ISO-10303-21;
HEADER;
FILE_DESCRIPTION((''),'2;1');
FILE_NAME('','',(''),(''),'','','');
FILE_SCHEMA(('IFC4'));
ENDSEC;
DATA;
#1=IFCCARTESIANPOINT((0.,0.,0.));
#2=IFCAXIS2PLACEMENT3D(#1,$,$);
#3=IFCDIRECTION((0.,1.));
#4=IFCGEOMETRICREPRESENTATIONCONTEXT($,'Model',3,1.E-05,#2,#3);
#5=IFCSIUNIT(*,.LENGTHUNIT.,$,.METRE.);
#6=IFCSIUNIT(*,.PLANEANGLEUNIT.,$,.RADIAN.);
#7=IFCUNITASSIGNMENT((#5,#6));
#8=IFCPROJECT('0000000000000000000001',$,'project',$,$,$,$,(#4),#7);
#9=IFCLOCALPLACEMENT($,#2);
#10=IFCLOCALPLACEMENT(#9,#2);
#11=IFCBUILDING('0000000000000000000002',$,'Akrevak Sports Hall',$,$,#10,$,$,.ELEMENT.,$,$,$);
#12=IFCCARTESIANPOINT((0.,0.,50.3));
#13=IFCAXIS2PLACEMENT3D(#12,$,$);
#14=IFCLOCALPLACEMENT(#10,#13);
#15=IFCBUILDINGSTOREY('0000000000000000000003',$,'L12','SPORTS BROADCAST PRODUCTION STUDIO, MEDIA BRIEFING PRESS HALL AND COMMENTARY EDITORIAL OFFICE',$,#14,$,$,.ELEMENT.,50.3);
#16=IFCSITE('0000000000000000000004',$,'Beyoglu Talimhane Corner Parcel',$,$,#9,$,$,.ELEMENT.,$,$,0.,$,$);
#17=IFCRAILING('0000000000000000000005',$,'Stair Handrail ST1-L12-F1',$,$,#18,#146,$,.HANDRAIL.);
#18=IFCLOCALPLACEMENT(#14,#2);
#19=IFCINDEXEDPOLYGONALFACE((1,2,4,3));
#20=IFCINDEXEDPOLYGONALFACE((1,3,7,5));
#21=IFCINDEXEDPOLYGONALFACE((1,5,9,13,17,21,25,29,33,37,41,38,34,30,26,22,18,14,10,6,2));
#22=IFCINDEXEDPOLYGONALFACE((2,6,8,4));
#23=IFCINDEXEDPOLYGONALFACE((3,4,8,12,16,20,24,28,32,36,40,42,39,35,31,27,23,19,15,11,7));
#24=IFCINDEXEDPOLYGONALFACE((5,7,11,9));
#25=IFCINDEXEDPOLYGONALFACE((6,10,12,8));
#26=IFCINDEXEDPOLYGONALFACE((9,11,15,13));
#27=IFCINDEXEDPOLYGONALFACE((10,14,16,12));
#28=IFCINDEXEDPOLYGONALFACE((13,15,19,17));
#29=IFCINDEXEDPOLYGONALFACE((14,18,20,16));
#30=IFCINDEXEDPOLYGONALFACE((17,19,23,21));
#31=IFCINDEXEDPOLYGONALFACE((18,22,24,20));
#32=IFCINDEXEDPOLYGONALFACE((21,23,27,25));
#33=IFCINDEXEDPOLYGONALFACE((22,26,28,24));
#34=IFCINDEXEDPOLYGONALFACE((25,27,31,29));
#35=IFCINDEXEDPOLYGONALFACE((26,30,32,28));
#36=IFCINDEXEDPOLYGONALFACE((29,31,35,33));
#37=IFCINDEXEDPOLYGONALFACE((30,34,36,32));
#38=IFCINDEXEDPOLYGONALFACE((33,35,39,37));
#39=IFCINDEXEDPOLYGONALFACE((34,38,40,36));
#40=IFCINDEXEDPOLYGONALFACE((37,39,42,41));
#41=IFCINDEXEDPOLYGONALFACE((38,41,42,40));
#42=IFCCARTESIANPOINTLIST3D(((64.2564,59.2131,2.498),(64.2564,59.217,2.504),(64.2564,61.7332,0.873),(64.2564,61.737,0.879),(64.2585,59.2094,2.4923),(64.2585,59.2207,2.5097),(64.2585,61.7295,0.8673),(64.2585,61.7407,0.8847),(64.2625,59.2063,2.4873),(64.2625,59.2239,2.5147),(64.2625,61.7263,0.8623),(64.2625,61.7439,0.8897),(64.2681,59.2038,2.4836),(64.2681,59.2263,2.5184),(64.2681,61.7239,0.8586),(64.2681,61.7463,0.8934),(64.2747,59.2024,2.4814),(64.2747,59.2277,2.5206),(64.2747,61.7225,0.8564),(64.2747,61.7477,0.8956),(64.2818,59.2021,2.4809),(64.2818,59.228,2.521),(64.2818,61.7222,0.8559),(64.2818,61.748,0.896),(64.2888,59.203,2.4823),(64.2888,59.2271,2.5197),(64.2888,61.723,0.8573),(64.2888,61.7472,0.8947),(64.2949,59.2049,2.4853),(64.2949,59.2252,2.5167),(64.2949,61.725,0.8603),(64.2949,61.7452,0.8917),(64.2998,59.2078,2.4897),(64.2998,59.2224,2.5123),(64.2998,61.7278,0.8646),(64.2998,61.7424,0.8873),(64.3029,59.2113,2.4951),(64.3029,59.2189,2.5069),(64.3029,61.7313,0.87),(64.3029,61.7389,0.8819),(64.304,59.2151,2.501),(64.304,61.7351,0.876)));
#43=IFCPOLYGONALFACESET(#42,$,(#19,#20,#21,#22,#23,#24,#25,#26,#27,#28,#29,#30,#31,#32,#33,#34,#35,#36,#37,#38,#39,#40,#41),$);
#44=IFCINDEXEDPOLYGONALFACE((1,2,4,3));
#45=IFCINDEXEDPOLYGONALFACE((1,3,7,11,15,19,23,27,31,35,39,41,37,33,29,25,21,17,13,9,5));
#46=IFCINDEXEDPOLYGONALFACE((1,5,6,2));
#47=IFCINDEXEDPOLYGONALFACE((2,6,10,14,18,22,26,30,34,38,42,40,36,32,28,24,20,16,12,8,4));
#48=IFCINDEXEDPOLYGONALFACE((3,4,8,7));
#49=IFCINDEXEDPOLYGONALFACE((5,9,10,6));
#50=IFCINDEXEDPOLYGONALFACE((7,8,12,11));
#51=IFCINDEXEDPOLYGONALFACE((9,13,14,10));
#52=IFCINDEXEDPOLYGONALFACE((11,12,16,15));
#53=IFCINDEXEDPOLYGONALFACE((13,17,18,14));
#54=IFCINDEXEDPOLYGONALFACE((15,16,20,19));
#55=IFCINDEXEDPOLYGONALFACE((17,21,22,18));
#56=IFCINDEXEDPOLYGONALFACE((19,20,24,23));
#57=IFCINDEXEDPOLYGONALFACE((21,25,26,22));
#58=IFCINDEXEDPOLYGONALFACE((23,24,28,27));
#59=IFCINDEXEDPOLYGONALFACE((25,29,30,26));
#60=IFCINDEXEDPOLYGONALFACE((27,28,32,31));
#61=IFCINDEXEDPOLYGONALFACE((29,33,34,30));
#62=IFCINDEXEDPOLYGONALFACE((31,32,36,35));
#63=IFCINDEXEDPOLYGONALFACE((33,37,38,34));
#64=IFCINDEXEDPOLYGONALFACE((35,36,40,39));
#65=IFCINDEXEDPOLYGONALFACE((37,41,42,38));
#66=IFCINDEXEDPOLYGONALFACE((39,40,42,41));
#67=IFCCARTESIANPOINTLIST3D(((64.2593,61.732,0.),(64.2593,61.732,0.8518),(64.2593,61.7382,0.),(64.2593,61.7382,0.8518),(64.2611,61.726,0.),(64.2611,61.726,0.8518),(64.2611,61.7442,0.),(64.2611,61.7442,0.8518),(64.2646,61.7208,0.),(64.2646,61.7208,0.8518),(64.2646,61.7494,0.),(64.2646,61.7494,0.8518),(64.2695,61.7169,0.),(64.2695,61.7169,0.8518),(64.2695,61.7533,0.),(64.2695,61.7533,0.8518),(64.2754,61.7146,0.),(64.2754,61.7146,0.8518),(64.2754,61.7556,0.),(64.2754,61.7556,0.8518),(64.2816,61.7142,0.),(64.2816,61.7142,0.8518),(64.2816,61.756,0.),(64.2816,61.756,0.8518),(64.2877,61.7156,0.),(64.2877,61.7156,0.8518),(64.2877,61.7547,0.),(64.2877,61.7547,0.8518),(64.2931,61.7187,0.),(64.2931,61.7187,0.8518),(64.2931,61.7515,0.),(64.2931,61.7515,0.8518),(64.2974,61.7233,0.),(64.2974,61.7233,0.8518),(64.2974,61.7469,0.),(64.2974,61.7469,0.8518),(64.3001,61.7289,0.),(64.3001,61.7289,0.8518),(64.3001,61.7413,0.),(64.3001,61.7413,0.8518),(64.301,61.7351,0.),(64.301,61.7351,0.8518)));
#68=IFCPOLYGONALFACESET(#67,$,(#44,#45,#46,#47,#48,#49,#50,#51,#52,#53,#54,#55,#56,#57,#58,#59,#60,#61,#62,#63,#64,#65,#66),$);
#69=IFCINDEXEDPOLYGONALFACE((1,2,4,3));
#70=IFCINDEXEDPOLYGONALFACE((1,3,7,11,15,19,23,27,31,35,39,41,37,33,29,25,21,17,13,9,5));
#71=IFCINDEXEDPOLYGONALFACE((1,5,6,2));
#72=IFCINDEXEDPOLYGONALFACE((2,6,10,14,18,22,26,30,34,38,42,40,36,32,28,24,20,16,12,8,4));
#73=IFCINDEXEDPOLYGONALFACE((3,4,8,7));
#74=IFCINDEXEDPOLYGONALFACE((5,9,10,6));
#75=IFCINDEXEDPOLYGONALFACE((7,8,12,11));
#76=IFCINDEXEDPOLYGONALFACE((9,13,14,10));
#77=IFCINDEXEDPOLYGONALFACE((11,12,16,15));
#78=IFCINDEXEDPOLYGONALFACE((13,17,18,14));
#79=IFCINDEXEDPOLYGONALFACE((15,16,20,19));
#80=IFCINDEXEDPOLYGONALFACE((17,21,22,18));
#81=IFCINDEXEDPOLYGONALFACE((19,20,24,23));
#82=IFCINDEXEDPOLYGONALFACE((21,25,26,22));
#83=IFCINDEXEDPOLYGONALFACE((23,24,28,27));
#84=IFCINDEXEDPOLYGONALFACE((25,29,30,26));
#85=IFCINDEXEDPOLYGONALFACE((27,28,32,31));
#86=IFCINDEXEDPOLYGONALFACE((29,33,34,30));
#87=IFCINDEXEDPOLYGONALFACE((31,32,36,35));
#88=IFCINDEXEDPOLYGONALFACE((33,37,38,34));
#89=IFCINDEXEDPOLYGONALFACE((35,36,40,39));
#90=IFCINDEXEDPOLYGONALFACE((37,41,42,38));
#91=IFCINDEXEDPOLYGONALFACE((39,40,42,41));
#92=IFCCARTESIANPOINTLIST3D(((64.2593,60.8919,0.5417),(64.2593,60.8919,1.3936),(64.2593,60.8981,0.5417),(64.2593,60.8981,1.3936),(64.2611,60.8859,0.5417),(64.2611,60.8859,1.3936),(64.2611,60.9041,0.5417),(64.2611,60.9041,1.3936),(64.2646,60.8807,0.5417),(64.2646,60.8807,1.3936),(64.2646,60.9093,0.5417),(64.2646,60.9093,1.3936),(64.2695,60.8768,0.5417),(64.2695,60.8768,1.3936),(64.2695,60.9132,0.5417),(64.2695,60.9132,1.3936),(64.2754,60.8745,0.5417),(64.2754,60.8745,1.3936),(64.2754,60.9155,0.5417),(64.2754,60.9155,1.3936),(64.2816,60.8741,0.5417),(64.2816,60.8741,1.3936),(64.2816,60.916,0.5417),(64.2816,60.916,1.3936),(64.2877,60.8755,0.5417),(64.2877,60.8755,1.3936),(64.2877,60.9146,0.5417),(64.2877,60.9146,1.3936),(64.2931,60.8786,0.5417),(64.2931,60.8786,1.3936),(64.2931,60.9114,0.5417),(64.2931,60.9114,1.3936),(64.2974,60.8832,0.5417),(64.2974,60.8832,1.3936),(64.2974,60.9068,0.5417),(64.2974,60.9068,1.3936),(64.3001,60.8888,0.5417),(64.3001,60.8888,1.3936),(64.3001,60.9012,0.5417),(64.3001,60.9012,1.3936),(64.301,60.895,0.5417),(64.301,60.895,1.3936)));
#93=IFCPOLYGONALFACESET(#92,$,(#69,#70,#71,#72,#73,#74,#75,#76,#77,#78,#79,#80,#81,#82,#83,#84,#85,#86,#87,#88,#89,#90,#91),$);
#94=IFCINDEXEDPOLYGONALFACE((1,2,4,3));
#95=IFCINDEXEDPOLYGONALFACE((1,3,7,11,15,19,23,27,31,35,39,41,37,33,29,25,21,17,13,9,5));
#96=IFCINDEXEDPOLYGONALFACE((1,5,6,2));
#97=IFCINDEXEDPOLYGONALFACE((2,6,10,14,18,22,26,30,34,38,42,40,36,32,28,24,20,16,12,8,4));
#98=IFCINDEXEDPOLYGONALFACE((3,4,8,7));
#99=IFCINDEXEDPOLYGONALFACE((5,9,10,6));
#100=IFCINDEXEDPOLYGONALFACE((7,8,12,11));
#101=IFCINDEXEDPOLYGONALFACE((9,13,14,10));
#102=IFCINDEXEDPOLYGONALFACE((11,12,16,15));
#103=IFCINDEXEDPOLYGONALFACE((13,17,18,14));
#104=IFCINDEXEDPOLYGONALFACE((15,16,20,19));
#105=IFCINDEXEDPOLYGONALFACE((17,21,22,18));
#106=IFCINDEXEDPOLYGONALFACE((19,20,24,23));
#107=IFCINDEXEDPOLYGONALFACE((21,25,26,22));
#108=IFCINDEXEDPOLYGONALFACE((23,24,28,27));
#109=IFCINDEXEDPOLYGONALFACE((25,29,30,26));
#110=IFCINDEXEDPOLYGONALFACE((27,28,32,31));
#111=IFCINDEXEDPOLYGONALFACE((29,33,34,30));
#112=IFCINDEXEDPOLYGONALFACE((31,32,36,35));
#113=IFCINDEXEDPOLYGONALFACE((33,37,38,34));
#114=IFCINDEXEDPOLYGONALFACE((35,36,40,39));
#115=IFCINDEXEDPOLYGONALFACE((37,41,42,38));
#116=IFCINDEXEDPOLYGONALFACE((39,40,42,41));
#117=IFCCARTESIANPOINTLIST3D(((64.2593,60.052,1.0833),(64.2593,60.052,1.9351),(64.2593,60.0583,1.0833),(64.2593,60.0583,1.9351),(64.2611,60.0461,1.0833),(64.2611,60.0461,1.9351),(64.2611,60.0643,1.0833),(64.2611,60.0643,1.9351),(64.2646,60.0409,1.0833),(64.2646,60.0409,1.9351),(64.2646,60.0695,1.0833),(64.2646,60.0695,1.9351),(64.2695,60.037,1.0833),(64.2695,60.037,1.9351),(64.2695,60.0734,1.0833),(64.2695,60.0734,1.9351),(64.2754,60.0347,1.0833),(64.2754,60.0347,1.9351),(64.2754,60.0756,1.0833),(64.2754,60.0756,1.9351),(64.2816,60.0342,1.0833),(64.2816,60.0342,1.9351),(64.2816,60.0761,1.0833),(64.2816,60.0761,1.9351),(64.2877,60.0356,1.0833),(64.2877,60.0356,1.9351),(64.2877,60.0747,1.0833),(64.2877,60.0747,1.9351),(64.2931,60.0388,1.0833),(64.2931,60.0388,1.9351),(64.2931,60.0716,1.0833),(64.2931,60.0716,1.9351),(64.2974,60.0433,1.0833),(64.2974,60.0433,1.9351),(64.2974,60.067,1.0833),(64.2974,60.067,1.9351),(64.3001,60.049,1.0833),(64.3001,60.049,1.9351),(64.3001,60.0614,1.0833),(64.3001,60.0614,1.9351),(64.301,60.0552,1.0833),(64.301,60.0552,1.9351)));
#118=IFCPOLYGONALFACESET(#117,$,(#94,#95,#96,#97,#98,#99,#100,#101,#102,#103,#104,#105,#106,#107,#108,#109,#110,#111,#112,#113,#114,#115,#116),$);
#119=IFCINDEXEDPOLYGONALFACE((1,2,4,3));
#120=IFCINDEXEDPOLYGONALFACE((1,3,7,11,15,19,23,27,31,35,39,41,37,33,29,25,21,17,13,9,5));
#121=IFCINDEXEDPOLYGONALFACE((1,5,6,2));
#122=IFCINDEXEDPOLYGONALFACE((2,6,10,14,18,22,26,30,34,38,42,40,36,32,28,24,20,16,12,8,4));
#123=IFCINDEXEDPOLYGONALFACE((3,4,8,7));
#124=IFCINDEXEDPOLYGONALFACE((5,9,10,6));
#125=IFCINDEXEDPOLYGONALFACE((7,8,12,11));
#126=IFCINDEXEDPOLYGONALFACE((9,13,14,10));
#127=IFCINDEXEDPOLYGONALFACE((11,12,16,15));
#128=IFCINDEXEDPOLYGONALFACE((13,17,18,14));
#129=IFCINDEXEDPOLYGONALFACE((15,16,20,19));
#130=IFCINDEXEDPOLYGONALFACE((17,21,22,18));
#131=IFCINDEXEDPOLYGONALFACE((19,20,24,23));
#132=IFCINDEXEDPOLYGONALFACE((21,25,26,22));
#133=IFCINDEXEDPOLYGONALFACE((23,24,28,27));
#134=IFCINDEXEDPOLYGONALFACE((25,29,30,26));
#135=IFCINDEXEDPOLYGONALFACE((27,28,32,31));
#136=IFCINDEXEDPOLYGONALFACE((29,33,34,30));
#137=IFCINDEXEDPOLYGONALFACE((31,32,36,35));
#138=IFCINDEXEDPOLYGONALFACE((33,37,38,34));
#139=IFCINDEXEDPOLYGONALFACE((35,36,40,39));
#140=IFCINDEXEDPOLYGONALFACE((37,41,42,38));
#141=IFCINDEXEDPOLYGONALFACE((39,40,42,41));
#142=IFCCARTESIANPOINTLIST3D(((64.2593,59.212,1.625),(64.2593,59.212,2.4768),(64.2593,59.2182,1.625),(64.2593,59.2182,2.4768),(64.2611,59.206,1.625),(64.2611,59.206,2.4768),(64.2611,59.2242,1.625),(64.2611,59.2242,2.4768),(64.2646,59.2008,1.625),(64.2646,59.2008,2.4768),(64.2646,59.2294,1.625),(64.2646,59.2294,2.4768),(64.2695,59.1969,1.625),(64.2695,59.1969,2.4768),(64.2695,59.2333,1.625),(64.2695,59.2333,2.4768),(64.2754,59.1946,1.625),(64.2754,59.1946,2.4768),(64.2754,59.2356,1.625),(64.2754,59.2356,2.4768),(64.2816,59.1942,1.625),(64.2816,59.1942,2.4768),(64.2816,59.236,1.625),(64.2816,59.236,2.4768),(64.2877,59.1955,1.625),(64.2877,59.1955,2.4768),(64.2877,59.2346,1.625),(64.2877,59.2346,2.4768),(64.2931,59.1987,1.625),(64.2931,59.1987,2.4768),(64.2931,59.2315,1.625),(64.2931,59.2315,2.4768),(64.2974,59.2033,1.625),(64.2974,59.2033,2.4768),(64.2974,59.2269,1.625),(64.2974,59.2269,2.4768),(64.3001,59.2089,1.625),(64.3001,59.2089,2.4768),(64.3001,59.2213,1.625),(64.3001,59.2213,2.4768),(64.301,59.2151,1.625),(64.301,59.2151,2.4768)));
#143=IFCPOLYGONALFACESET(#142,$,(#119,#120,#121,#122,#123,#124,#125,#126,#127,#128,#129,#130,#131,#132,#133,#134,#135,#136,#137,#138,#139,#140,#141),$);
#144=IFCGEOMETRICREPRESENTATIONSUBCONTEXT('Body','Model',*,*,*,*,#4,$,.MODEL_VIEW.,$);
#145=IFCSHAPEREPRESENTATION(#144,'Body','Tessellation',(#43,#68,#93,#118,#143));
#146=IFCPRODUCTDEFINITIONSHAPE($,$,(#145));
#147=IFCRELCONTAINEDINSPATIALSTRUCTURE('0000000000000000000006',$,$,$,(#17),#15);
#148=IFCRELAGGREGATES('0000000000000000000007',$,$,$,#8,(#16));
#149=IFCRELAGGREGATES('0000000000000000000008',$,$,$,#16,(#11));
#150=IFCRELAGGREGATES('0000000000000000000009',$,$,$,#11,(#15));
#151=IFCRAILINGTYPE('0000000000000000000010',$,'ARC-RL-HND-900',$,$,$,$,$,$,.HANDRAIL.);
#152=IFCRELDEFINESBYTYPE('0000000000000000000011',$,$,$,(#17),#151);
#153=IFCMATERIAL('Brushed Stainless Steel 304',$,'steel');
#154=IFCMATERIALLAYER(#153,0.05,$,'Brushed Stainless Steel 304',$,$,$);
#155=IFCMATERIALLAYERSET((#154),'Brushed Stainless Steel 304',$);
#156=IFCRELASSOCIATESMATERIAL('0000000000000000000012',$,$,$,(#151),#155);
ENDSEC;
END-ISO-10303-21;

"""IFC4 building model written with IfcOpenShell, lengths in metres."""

from ifc_helpers import new_model, si_unit, direction, frame, origin, origin_2d, place, context, subcontext, project, spatial, circle, extrude, material, layer, layer_set, type_object, element, save


model = new_model("IFC4")

# Units and contexts
model_context = context("Model", 3, precision=1e-05, world=origin(), true_north=direction((0.0, 1.0)))
body_context = subcontext(model_context, "Body", "Model", "MODEL_VIEW")
ifc_project = project(units=[si_unit("LENGTHUNIT", "METRE"), si_unit("PLANEANGLEUNIT", "RADIAN")], contexts=[model_context])

# Site, building, storey
site_placement = place(None, origin())
site = spatial("IfcSite", under=ifc_project, at=site_placement, Name="Beyoglu Talimhane Corner Parcel", CompositionType="ELEMENT", RefElevation=0.0)
building_placement = place(site_placement, origin())
building = spatial("IfcBuilding", under=site, at=building_placement, Name="Akrevak Sports Hall", CompositionType="ELEMENT")
storey_placement = place(building_placement, frame((0.0, 0.0, 50.3)))
storey = spatial("IfcBuildingStorey", under=building, at=storey_placement, Name="L12", Description="SPORTS BROADCAST PRODUCTION STUDIO, MEDIA BRIEFING PRESS HALL AND COMMENTARY EDITORIAL OFFICE", CompositionType="ELEMENT", Elevation=50.3)

# Shared definitions
ifc_material_1 = material(Name="Brushed Stainless Steel 304", Category="steel")

# Railing
ifc_layer_1 = layer(ifc_material_1, 0.05, Name="Brushed Stainless Steel 304")
ifc_layer_set_1 = layer_set([ifc_layer_1], Name="Brushed Stainless Steel 304")
railing_type_1 = type_object("IfcRailingType", Name="ARC-RL-HND-900", PredefinedType="HANDRAIL", material=ifc_layer_set_1)
railing_1_placement = place(storey_placement, frame((64.28, 61.7351, 0.0)))
element("IfcRailing", 1, at=railing_1_placement, inside=storey, type_object=railing_type_1, Name="Stair Handrail ST1-L12-F1", PredefinedType="HANDRAIL", context=body_context, shape_type="SweptSolid", body=[
    extrude(circle(Radius=0.0239, at=origin_2d()), frame((0.0, 0.0, 0.876), z_axis=(0.0, -0.840421, 0.541934), x_axis=(1.0, 0.0, 0.0)), (0.0, 0.0, 1.0), 2.9985),
    extrude(circle(Radius=0.021, at=origin_2d()), origin(), (0.0, 0.0, 1.0), 0.8518),
    extrude(circle(Radius=0.021, at=origin_2d()), frame((0.0, -0.8401, 0.5417)), (0.0, 0.0, 1.0), 0.8518),
    extrude(circle(Radius=0.021, at=origin_2d()), frame((0.0, -1.6799, 1.0833)), (0.0, 0.0, 1.0), 0.8518),
    extrude(circle(Radius=0.021, at=origin_2d()), frame((0.0, -2.52, 1.625)), (0.0, 0.0, 1.0), 0.8518),
])

save(model, "model.ifc")
